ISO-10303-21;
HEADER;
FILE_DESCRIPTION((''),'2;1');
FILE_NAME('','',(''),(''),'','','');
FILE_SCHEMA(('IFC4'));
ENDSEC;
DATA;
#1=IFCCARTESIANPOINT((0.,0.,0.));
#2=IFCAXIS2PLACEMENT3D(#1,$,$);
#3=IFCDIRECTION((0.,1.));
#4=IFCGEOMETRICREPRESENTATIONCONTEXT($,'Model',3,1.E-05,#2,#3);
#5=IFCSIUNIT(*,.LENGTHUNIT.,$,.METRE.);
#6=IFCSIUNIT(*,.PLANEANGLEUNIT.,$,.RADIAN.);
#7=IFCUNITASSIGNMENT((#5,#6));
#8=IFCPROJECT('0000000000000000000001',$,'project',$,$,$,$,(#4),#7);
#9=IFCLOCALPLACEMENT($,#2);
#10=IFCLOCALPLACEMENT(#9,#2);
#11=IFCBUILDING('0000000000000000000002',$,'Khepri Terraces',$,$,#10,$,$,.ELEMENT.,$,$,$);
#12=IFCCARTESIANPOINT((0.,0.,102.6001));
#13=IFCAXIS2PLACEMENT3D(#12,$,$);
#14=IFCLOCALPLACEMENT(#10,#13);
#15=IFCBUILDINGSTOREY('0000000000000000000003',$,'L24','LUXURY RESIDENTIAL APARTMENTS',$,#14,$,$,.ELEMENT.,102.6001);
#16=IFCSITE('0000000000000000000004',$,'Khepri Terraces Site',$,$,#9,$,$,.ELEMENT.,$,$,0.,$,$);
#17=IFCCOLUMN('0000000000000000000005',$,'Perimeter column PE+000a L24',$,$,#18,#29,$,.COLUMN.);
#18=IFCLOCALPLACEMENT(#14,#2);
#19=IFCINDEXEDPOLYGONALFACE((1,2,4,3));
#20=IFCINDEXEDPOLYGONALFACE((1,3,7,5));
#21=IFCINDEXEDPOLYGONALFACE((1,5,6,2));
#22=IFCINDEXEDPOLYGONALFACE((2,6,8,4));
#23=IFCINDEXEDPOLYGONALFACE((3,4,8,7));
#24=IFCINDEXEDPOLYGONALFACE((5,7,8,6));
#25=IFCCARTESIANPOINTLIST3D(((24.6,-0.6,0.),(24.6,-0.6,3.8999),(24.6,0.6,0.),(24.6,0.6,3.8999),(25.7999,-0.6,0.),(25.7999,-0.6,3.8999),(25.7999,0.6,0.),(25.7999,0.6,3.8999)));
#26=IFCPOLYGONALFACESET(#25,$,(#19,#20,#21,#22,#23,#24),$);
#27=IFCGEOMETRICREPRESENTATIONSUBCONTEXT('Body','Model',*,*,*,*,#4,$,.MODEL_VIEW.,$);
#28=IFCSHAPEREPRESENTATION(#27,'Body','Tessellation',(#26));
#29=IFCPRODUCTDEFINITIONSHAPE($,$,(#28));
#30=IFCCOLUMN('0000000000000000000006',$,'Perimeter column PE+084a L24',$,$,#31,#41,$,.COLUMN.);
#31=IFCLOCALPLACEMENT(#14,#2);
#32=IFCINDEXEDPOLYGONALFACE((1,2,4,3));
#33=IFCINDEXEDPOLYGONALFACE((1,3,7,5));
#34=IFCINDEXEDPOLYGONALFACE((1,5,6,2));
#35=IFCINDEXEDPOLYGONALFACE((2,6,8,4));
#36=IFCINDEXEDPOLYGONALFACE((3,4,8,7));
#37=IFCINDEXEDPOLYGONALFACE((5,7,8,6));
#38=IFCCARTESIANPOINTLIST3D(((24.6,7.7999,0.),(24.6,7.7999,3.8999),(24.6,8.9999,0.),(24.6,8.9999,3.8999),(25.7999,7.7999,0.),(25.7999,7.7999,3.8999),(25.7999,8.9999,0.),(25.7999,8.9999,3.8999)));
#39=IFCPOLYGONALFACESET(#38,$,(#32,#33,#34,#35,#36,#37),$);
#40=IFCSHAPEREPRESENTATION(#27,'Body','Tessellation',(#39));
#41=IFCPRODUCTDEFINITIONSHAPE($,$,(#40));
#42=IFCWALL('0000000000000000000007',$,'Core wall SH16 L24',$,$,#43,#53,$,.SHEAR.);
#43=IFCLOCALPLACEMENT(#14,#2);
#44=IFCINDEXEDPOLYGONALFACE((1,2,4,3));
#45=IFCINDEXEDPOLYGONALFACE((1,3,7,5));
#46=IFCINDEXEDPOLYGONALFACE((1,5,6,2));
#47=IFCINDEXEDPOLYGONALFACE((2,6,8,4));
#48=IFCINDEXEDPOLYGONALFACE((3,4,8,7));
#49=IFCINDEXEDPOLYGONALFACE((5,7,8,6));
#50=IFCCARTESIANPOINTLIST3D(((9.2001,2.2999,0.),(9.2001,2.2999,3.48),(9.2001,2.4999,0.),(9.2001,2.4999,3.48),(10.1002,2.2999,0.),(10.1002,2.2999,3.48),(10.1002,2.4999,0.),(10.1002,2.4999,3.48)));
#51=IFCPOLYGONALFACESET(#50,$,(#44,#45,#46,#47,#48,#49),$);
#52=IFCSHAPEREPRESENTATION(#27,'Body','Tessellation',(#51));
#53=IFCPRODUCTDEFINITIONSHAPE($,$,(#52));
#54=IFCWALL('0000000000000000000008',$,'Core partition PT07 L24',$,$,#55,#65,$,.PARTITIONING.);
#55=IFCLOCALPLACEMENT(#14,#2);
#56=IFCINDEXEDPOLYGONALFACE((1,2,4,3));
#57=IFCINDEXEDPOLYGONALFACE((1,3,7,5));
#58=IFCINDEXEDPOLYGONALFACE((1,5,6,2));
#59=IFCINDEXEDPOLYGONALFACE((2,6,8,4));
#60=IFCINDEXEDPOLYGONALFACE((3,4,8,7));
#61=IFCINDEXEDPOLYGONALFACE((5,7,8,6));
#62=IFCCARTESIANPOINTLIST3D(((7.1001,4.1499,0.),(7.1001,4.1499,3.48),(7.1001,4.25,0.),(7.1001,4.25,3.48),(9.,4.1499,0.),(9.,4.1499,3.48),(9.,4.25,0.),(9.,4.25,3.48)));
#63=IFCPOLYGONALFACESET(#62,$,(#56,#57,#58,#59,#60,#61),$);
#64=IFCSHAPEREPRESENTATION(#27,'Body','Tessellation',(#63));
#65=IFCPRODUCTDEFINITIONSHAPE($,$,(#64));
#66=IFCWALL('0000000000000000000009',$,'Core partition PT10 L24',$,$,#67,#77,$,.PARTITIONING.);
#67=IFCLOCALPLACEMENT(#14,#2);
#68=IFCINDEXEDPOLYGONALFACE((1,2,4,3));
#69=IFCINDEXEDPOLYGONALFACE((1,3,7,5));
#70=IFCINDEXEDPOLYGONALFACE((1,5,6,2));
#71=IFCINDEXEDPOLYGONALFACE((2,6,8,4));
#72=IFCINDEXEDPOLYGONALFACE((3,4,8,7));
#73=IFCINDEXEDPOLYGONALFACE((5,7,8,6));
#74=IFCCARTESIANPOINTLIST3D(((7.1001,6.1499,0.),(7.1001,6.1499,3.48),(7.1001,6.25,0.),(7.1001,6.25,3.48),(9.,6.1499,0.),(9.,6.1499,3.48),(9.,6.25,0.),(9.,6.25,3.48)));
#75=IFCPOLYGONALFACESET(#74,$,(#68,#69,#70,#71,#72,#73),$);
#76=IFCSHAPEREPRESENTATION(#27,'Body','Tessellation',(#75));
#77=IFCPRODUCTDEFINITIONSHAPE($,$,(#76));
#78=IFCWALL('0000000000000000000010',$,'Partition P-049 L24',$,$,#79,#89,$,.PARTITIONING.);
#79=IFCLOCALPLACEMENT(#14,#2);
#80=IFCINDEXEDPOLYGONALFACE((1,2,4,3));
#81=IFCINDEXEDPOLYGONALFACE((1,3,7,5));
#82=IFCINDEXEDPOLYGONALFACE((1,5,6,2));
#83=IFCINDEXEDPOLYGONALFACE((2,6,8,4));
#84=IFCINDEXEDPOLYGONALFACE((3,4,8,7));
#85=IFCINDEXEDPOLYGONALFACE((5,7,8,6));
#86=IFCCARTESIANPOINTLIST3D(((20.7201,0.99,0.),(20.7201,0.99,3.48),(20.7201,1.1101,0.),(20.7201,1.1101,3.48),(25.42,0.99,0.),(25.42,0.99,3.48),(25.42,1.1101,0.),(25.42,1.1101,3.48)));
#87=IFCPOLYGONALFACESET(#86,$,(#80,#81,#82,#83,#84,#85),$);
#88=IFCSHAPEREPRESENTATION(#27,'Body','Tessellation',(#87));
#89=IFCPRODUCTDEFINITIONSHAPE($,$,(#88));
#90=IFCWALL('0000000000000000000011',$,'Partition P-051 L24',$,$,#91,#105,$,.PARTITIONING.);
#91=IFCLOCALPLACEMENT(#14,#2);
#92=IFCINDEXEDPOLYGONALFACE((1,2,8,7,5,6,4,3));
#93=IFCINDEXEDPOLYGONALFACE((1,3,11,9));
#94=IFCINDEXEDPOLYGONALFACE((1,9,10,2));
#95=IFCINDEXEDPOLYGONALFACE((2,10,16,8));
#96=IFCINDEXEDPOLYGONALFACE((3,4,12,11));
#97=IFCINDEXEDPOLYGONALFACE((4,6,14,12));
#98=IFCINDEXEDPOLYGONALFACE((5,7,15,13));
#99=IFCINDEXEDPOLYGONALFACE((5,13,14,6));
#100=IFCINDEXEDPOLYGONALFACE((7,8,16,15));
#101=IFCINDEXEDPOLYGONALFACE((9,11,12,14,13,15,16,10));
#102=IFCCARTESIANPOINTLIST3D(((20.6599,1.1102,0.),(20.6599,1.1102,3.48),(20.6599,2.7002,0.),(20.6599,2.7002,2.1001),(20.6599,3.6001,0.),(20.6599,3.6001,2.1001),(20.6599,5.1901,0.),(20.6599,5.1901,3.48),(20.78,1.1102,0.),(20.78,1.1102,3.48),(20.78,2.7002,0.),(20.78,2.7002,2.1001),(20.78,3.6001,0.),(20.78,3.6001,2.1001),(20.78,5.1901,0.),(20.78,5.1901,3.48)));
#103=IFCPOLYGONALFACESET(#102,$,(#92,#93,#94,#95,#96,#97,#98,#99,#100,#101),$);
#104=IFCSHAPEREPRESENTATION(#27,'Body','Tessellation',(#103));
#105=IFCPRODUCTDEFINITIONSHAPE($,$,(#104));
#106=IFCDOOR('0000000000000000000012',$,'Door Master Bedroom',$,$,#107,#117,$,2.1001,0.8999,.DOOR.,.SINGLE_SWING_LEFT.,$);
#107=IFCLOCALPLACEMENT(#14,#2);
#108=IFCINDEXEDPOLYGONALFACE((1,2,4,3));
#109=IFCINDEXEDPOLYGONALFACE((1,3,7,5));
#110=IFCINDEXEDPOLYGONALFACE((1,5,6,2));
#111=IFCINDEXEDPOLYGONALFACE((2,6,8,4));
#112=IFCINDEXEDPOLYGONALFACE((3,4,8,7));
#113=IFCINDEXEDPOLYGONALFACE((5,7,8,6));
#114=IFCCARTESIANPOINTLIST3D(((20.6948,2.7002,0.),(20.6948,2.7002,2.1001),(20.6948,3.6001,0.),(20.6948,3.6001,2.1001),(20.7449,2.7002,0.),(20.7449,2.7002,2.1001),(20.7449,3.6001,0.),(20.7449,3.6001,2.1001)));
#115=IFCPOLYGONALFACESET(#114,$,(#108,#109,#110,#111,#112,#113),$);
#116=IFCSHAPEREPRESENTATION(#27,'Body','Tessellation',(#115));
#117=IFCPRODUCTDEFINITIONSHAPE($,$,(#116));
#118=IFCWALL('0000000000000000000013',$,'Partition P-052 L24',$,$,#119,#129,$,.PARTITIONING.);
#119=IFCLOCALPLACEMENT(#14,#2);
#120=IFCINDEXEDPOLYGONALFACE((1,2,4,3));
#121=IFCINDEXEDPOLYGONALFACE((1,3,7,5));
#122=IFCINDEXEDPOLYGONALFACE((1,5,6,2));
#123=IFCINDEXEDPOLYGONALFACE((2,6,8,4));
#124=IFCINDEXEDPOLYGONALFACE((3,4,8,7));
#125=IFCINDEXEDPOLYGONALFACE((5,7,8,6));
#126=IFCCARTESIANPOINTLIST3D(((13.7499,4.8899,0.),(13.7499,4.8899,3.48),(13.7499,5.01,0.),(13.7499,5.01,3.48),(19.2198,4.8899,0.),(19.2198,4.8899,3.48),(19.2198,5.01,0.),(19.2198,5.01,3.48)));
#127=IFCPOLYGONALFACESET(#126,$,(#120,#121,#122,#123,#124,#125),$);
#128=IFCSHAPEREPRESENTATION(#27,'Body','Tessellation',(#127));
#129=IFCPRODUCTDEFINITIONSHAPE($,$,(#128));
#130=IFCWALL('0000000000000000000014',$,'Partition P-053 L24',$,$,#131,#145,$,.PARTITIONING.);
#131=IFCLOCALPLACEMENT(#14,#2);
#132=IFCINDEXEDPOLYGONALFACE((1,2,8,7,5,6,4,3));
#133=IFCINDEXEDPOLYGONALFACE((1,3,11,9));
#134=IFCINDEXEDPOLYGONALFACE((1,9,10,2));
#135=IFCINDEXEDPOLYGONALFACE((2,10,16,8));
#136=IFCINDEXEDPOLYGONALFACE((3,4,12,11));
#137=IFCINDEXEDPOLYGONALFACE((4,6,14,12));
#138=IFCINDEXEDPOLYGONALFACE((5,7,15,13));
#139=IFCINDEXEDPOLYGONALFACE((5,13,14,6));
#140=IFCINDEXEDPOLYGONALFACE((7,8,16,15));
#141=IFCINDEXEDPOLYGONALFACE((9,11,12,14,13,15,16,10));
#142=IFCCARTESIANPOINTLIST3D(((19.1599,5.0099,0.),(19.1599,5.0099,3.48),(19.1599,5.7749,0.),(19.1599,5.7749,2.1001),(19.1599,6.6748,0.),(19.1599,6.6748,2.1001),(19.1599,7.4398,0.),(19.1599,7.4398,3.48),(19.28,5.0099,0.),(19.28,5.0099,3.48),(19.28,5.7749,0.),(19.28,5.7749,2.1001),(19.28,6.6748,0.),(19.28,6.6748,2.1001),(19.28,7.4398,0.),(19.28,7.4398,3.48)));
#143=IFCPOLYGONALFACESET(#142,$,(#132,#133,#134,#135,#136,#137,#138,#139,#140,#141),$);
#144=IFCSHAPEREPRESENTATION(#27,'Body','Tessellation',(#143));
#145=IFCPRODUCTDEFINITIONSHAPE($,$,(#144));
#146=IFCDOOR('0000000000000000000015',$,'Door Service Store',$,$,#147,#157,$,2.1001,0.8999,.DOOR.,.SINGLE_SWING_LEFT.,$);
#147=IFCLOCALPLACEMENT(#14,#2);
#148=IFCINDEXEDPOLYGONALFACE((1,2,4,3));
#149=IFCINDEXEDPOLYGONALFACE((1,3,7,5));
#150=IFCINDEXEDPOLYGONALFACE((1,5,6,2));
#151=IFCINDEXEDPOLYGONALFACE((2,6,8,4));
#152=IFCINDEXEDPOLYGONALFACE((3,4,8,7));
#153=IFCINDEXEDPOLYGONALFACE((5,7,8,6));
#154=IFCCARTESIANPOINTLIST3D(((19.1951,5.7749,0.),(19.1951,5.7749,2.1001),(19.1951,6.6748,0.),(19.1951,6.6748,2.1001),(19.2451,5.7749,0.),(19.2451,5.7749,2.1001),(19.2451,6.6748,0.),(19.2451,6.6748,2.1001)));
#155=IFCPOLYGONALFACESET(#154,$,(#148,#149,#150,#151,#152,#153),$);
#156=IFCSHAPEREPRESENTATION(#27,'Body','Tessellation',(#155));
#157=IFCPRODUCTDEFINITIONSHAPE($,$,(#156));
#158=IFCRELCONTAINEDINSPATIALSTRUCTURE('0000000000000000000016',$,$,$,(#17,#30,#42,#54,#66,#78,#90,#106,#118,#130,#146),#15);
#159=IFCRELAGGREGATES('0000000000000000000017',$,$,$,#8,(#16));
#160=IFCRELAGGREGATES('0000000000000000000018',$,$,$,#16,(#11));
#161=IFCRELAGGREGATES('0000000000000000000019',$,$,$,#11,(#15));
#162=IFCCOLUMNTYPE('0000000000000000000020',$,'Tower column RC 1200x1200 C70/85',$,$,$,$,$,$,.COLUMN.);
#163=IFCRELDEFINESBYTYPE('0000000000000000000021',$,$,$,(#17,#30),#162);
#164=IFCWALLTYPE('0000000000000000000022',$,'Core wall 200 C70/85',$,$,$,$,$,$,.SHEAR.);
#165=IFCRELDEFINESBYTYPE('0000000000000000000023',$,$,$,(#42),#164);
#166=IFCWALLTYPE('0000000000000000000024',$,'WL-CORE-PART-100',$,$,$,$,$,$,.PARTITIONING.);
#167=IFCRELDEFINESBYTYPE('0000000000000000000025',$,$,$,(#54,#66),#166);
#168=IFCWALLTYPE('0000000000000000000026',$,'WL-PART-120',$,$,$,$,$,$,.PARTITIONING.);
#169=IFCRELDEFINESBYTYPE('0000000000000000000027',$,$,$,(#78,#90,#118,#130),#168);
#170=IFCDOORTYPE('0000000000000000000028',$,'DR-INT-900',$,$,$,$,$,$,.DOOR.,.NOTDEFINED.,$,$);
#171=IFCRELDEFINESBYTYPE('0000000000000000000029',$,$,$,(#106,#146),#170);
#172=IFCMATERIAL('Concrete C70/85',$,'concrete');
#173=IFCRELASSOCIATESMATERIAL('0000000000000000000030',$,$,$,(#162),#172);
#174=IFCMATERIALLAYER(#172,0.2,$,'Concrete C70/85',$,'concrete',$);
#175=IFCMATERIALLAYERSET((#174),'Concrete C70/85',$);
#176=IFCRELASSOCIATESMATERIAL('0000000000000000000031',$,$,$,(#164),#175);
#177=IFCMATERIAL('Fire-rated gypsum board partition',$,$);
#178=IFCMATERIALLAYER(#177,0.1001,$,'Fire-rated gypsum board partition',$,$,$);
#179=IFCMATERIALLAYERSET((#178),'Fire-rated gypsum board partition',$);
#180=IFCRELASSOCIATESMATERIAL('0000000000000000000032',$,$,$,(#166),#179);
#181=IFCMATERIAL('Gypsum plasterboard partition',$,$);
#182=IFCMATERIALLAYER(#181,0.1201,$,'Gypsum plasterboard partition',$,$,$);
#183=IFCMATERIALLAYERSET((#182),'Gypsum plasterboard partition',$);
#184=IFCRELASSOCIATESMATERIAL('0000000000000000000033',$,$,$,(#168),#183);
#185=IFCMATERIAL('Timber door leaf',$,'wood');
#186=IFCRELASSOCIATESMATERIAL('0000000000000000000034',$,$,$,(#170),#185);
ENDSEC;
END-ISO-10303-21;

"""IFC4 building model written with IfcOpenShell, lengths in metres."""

from ifc_helpers import new_model, si_unit, direction, frame, frame_2d, origin, origin_2d, place, context, subcontext, project, spatial, rectangle, extrude, material, layer, layer_set, material_profile, profile_set, type_object, element, fill, save


model = new_model("IFC4")

# Units and contexts
model_context = context("Model", 3, precision=1e-05, world=origin(), true_north=direction((0.0, 1.0)))
body_context = subcontext(model_context, "Body", "Model", "MODEL_VIEW")
ifc_project = project(units=[si_unit("LENGTHUNIT", "METRE"), si_unit("PLANEANGLEUNIT", "RADIAN")], contexts=[model_context])

# Site, building, storey
site_placement = place(None, origin())
site = spatial("IfcSite", under=ifc_project, at=site_placement, Name="Khepri Terraces Site", CompositionType="ELEMENT", RefElevation=0.0)
building_placement = place(site_placement, origin())
building = spatial("IfcBuilding", under=site, at=building_placement, Name="Khepri Terraces", CompositionType="ELEMENT")
storey_placement = place(building_placement, frame((0.0, 0.0, 102.6001)))
storey = spatial("IfcBuildingStorey", under=building, at=storey_placement, Name="L24", Description="LUXURY RESIDENTIAL APARTMENTS", CompositionType="ELEMENT", Elevation=102.6001)

# Columns
ifc_material_1 = material(Name="Concrete C70/85", Category="concrete")
ifc_material_profile = material_profile(ifc_material_1, rectangle(XDim=1.2, YDim=1.2, at=origin_2d()), Name="Concrete C70/85", Category="concrete")
ifc_profile_set = profile_set([ifc_material_profile], Name="Concrete C70/85")
column_type = type_object("IfcColumnType", Name="Tower column RC 1200x1200 C70/85", PredefinedType="COLUMN", material=ifc_profile_set)
for number, where, z_axis, x_axis, name in (
    (1, (25.2, 0.0, 0.0), (0.0, 0.0, 1.0), (1.0, 0.0, 0.0), "Perimeter column PE+000a L24"),
    (2, (25.2, 8.3999, 0.0), (0.0, 0.0, 1.0), (1.0, 0.0, 0.0), "Perimeter column PE+084a L24"),
):
    element("IfcColumn", number, at=place(storey_placement, frame(where, z_axis=z_axis, x_axis=x_axis)), inside=storey, type_object=column_type, Name=name, PredefinedType="COLUMN", context=body_context, shape_type="SweptSolid", body=[
        extrude(rectangle(XDim=1.2, YDim=1.2, at=origin_2d()), origin(), (0.0, 0.0, 1.0), 3.8999),
    ])

# Walls
ifc_layer_1 = layer(ifc_material_1, 0.2, Name="Concrete C70/85", Category="concrete")
ifc_layer_set_1 = layer_set([ifc_layer_1], Name="Concrete C70/85")
wall_type_1 = type_object("IfcWallType", Name="Core wall 200 C70/85", PredefinedType="SHEAR", material=ifc_layer_set_1)
wall_1_placement = place(storey_placement, frame((9.2, 2.3999, 0.0), z_axis=(0.0, 0.0, 1.0), x_axis=(1.0, 0.0, 0.0)))
element("IfcWall", 3, at=wall_1_placement, inside=storey, type_object=wall_type_1, Name="Core wall SH16 L24", PredefinedType="SHEAR", context=body_context, shape_type="SweptSolid", body=[
    extrude(rectangle(XDim=0.9001, YDim=0.2, at=frame_2d((0.4502, 0.0))), origin(), (0.0, 0.0, 1.0), 3.48),
])
ifc_material_2 = material(Name="Fire-rated gypsum board partition")
ifc_layer_2 = layer(ifc_material_2, 0.1001, Name="Fire-rated gypsum board partition")
ifc_layer_set_2 = layer_set([ifc_layer_2], Name="Fire-rated gypsum board partition")
wall_type_2 = type_object("IfcWallType", Name="WL-CORE-PART-100", PredefinedType="PARTITIONING", material=ifc_layer_set_2)
for number, where, z_axis, x_axis, name in (
    (4, (7.1001, 4.2, 0.0), (0.0, 0.0, 1.0), (1.0, 0.0, 0.0), "Core partition PT07 L24"),
    (5, (7.1001, 6.2, 0.0), (0.0, 0.0, 1.0), (1.0, 0.0, 0.0), "Core partition PT10 L24"),
):
    element("IfcWall", number, at=place(storey_placement, frame(where, z_axis=z_axis, x_axis=x_axis)), inside=storey, type_object=wall_type_2, Name=name, PredefinedType="PARTITIONING", context=body_context, shape_type="SweptSolid", body=[
        extrude(rectangle(XDim=1.8999, YDim=0.1001, at=frame_2d((0.95, 0.0))), origin(), (0.0, 0.0, 1.0), 3.48),
    ])

# Wall
ifc_material_3 = material(Name="Gypsum plasterboard partition")
ifc_layer_3 = layer(ifc_material_3, 0.1201, Name="Gypsum plasterboard partition")
ifc_layer_set_3 = layer_set([ifc_layer_3], Name="Gypsum plasterboard partition")
wall_type_3 = type_object("IfcWallType", Name="WL-PART-120", PredefinedType="PARTITIONING", material=ifc_layer_set_3)
wall_2_placement = place(storey_placement, frame((20.72, 1.05, 0.0), z_axis=(0.0, 0.0, 1.0), x_axis=(1.0, 0.0, 0.0)))
element("IfcWall", 6, at=wall_2_placement, inside=storey, type_object=wall_type_3, Name="Partition P-049 L24", PredefinedType="PARTITIONING", context=body_context, shape_type="SweptSolid", body=[
    extrude(rectangle(XDim=4.7, YDim=0.1201, at=frame_2d((2.3501, 0.0))), origin(), (0.0, 0.0, 1.0), 3.48),
])

# Wall, opening, door
wall_3_placement = place(storey_placement, frame((20.72, 1.1101, 0.0), z_axis=(0.0, 0.0, 1.0), x_axis=(0.0, 1.0, 0.0)))
wall_3 = element("IfcWall", 7, at=wall_3_placement, inside=storey, type_object=wall_type_3, Name="Partition P-051 L24", PredefinedType="PARTITIONING", context=body_context, shape_type="SweptSolid", body=[
    extrude(rectangle(XDim=4.0798, YDim=0.1201, at=frame_2d((2.04, 0.0))), origin(), (0.0, 0.0, 1.0), 3.48),
])
opening_1_placement = place(wall_3_placement, frame((1.5901, 0.0, 0.0)))
opening_1 = element("IfcOpeningElement", 8, at=opening_1_placement, cuts=wall_3, PredefinedType="OPENING", context=body_context, shape_type="SweptSolid", body=[
    extrude(rectangle(XDim=0.8999, YDim=2.1001, at=frame_2d((0.45, 1.05))), frame((0.0, 0.0701, 0.0), z_axis=(0.0, -1.0, 0.0), x_axis=(1.0, 0.0, 0.0)), (0.0, 0.0, 1.0), 0.1401),
])
ifc_material_4 = material(Name="Timber door leaf", Category="wood")
door_type_1 = type_object("IfcDoorType", Name="DR-INT-900", OperationType="NOTDEFINED", PredefinedType="DOOR", material=ifc_material_4)
door_1_placement = place(opening_1_placement, frame((0.8999, 0.0, 0.0), z_axis=(0.0, 0.0, 1.0), x_axis=(-1.0, 0.0, 0.0)))
door_1 = element("IfcDoor", 9, at=door_1_placement, inside=storey, type_object=door_type_1, Name="Door Master Bedroom", OperationType="SINGLE_SWING_LEFT", OverallHeight=2.1001, OverallWidth=0.8999, PredefinedType="DOOR", context=body_context, shape_type="SweptSolid", body=[
    extrude(rectangle(XDim=0.8999, YDim=2.1001, at=frame_2d((0.45, 1.05))), frame((0.0, 0.0249, 0.0), z_axis=(0.0, -1.0, 0.0), x_axis=(1.0, 0.0, 0.0)), (0.0, 0.0, 1.0), 0.05),
])
fill(opening_1, door_1)

# Wall
wall_4_placement = place(storey_placement, frame((13.75, 4.95, 0.0), z_axis=(0.0, 0.0, 1.0), x_axis=(1.0, 0.0, 0.0)))
element("IfcWall", 10, at=wall_4_placement, inside=storey, type_object=wall_type_3, Name="Partition P-052 L24", PredefinedType="PARTITIONING", context=body_context, shape_type="SweptSolid", body=[
    extrude(rectangle(XDim=5.47, YDim=0.1201, at=frame_2d((2.7349, 0.0))), origin(), (0.0, 0.0, 1.0), 3.48),
])

# Wall, opening, door
wall_5_placement = place(storey_placement, frame((19.22, 5.01, 0.0), z_axis=(0.0, 0.0, 1.0), x_axis=(0.0, 1.0, 0.0)))
wall_5 = element("IfcWall", 11, at=wall_5_placement, inside=storey, type_object=wall_type_3, Name="Partition P-053 L24", PredefinedType="PARTITIONING", context=body_context, shape_type="SweptSolid", body=[
    extrude(rectangle(XDim=2.4299, YDim=0.1201, at=frame_2d((1.2148, 0.0))), origin(), (0.0, 0.0, 1.0), 3.48),
])
opening_2_placement = place(wall_5_placement, frame((0.7649, 0.0, 0.0)))
opening_2 = element("IfcOpeningElement", 12, at=opening_2_placement, cuts=wall_5, PredefinedType="OPENING", context=body_context, shape_type="SweptSolid", body=[
    extrude(rectangle(XDim=0.8999, YDim=2.1001, at=frame_2d((0.45, 1.05))), frame((0.0, 0.0701, 0.0), z_axis=(0.0, -1.0, 0.0), x_axis=(1.0, 0.0, 0.0)), (0.0, 0.0, 1.0), 0.1401),
])
door_2_placement = place(opening_2_placement, origin())
door_2 = element("IfcDoor", 13, at=door_2_placement, inside=storey, type_object=door_type_1, Name="Door Service Store", OperationType="SINGLE_SWING_LEFT", OverallHeight=2.1001, OverallWidth=0.8999, PredefinedType="DOOR", context=body_context, shape_type="SweptSolid", body=[
    extrude(rectangle(XDim=0.8999, YDim=2.1001, at=frame_2d((0.45, 1.05))), frame((0.0, 0.0249, 0.0), z_axis=(0.0, -1.0, 0.0), x_axis=(1.0, 0.0, 0.0)), (0.0, 0.0, 1.0), 0.05),
])
fill(opening_2, door_2)

save(model, "model.ifc")
